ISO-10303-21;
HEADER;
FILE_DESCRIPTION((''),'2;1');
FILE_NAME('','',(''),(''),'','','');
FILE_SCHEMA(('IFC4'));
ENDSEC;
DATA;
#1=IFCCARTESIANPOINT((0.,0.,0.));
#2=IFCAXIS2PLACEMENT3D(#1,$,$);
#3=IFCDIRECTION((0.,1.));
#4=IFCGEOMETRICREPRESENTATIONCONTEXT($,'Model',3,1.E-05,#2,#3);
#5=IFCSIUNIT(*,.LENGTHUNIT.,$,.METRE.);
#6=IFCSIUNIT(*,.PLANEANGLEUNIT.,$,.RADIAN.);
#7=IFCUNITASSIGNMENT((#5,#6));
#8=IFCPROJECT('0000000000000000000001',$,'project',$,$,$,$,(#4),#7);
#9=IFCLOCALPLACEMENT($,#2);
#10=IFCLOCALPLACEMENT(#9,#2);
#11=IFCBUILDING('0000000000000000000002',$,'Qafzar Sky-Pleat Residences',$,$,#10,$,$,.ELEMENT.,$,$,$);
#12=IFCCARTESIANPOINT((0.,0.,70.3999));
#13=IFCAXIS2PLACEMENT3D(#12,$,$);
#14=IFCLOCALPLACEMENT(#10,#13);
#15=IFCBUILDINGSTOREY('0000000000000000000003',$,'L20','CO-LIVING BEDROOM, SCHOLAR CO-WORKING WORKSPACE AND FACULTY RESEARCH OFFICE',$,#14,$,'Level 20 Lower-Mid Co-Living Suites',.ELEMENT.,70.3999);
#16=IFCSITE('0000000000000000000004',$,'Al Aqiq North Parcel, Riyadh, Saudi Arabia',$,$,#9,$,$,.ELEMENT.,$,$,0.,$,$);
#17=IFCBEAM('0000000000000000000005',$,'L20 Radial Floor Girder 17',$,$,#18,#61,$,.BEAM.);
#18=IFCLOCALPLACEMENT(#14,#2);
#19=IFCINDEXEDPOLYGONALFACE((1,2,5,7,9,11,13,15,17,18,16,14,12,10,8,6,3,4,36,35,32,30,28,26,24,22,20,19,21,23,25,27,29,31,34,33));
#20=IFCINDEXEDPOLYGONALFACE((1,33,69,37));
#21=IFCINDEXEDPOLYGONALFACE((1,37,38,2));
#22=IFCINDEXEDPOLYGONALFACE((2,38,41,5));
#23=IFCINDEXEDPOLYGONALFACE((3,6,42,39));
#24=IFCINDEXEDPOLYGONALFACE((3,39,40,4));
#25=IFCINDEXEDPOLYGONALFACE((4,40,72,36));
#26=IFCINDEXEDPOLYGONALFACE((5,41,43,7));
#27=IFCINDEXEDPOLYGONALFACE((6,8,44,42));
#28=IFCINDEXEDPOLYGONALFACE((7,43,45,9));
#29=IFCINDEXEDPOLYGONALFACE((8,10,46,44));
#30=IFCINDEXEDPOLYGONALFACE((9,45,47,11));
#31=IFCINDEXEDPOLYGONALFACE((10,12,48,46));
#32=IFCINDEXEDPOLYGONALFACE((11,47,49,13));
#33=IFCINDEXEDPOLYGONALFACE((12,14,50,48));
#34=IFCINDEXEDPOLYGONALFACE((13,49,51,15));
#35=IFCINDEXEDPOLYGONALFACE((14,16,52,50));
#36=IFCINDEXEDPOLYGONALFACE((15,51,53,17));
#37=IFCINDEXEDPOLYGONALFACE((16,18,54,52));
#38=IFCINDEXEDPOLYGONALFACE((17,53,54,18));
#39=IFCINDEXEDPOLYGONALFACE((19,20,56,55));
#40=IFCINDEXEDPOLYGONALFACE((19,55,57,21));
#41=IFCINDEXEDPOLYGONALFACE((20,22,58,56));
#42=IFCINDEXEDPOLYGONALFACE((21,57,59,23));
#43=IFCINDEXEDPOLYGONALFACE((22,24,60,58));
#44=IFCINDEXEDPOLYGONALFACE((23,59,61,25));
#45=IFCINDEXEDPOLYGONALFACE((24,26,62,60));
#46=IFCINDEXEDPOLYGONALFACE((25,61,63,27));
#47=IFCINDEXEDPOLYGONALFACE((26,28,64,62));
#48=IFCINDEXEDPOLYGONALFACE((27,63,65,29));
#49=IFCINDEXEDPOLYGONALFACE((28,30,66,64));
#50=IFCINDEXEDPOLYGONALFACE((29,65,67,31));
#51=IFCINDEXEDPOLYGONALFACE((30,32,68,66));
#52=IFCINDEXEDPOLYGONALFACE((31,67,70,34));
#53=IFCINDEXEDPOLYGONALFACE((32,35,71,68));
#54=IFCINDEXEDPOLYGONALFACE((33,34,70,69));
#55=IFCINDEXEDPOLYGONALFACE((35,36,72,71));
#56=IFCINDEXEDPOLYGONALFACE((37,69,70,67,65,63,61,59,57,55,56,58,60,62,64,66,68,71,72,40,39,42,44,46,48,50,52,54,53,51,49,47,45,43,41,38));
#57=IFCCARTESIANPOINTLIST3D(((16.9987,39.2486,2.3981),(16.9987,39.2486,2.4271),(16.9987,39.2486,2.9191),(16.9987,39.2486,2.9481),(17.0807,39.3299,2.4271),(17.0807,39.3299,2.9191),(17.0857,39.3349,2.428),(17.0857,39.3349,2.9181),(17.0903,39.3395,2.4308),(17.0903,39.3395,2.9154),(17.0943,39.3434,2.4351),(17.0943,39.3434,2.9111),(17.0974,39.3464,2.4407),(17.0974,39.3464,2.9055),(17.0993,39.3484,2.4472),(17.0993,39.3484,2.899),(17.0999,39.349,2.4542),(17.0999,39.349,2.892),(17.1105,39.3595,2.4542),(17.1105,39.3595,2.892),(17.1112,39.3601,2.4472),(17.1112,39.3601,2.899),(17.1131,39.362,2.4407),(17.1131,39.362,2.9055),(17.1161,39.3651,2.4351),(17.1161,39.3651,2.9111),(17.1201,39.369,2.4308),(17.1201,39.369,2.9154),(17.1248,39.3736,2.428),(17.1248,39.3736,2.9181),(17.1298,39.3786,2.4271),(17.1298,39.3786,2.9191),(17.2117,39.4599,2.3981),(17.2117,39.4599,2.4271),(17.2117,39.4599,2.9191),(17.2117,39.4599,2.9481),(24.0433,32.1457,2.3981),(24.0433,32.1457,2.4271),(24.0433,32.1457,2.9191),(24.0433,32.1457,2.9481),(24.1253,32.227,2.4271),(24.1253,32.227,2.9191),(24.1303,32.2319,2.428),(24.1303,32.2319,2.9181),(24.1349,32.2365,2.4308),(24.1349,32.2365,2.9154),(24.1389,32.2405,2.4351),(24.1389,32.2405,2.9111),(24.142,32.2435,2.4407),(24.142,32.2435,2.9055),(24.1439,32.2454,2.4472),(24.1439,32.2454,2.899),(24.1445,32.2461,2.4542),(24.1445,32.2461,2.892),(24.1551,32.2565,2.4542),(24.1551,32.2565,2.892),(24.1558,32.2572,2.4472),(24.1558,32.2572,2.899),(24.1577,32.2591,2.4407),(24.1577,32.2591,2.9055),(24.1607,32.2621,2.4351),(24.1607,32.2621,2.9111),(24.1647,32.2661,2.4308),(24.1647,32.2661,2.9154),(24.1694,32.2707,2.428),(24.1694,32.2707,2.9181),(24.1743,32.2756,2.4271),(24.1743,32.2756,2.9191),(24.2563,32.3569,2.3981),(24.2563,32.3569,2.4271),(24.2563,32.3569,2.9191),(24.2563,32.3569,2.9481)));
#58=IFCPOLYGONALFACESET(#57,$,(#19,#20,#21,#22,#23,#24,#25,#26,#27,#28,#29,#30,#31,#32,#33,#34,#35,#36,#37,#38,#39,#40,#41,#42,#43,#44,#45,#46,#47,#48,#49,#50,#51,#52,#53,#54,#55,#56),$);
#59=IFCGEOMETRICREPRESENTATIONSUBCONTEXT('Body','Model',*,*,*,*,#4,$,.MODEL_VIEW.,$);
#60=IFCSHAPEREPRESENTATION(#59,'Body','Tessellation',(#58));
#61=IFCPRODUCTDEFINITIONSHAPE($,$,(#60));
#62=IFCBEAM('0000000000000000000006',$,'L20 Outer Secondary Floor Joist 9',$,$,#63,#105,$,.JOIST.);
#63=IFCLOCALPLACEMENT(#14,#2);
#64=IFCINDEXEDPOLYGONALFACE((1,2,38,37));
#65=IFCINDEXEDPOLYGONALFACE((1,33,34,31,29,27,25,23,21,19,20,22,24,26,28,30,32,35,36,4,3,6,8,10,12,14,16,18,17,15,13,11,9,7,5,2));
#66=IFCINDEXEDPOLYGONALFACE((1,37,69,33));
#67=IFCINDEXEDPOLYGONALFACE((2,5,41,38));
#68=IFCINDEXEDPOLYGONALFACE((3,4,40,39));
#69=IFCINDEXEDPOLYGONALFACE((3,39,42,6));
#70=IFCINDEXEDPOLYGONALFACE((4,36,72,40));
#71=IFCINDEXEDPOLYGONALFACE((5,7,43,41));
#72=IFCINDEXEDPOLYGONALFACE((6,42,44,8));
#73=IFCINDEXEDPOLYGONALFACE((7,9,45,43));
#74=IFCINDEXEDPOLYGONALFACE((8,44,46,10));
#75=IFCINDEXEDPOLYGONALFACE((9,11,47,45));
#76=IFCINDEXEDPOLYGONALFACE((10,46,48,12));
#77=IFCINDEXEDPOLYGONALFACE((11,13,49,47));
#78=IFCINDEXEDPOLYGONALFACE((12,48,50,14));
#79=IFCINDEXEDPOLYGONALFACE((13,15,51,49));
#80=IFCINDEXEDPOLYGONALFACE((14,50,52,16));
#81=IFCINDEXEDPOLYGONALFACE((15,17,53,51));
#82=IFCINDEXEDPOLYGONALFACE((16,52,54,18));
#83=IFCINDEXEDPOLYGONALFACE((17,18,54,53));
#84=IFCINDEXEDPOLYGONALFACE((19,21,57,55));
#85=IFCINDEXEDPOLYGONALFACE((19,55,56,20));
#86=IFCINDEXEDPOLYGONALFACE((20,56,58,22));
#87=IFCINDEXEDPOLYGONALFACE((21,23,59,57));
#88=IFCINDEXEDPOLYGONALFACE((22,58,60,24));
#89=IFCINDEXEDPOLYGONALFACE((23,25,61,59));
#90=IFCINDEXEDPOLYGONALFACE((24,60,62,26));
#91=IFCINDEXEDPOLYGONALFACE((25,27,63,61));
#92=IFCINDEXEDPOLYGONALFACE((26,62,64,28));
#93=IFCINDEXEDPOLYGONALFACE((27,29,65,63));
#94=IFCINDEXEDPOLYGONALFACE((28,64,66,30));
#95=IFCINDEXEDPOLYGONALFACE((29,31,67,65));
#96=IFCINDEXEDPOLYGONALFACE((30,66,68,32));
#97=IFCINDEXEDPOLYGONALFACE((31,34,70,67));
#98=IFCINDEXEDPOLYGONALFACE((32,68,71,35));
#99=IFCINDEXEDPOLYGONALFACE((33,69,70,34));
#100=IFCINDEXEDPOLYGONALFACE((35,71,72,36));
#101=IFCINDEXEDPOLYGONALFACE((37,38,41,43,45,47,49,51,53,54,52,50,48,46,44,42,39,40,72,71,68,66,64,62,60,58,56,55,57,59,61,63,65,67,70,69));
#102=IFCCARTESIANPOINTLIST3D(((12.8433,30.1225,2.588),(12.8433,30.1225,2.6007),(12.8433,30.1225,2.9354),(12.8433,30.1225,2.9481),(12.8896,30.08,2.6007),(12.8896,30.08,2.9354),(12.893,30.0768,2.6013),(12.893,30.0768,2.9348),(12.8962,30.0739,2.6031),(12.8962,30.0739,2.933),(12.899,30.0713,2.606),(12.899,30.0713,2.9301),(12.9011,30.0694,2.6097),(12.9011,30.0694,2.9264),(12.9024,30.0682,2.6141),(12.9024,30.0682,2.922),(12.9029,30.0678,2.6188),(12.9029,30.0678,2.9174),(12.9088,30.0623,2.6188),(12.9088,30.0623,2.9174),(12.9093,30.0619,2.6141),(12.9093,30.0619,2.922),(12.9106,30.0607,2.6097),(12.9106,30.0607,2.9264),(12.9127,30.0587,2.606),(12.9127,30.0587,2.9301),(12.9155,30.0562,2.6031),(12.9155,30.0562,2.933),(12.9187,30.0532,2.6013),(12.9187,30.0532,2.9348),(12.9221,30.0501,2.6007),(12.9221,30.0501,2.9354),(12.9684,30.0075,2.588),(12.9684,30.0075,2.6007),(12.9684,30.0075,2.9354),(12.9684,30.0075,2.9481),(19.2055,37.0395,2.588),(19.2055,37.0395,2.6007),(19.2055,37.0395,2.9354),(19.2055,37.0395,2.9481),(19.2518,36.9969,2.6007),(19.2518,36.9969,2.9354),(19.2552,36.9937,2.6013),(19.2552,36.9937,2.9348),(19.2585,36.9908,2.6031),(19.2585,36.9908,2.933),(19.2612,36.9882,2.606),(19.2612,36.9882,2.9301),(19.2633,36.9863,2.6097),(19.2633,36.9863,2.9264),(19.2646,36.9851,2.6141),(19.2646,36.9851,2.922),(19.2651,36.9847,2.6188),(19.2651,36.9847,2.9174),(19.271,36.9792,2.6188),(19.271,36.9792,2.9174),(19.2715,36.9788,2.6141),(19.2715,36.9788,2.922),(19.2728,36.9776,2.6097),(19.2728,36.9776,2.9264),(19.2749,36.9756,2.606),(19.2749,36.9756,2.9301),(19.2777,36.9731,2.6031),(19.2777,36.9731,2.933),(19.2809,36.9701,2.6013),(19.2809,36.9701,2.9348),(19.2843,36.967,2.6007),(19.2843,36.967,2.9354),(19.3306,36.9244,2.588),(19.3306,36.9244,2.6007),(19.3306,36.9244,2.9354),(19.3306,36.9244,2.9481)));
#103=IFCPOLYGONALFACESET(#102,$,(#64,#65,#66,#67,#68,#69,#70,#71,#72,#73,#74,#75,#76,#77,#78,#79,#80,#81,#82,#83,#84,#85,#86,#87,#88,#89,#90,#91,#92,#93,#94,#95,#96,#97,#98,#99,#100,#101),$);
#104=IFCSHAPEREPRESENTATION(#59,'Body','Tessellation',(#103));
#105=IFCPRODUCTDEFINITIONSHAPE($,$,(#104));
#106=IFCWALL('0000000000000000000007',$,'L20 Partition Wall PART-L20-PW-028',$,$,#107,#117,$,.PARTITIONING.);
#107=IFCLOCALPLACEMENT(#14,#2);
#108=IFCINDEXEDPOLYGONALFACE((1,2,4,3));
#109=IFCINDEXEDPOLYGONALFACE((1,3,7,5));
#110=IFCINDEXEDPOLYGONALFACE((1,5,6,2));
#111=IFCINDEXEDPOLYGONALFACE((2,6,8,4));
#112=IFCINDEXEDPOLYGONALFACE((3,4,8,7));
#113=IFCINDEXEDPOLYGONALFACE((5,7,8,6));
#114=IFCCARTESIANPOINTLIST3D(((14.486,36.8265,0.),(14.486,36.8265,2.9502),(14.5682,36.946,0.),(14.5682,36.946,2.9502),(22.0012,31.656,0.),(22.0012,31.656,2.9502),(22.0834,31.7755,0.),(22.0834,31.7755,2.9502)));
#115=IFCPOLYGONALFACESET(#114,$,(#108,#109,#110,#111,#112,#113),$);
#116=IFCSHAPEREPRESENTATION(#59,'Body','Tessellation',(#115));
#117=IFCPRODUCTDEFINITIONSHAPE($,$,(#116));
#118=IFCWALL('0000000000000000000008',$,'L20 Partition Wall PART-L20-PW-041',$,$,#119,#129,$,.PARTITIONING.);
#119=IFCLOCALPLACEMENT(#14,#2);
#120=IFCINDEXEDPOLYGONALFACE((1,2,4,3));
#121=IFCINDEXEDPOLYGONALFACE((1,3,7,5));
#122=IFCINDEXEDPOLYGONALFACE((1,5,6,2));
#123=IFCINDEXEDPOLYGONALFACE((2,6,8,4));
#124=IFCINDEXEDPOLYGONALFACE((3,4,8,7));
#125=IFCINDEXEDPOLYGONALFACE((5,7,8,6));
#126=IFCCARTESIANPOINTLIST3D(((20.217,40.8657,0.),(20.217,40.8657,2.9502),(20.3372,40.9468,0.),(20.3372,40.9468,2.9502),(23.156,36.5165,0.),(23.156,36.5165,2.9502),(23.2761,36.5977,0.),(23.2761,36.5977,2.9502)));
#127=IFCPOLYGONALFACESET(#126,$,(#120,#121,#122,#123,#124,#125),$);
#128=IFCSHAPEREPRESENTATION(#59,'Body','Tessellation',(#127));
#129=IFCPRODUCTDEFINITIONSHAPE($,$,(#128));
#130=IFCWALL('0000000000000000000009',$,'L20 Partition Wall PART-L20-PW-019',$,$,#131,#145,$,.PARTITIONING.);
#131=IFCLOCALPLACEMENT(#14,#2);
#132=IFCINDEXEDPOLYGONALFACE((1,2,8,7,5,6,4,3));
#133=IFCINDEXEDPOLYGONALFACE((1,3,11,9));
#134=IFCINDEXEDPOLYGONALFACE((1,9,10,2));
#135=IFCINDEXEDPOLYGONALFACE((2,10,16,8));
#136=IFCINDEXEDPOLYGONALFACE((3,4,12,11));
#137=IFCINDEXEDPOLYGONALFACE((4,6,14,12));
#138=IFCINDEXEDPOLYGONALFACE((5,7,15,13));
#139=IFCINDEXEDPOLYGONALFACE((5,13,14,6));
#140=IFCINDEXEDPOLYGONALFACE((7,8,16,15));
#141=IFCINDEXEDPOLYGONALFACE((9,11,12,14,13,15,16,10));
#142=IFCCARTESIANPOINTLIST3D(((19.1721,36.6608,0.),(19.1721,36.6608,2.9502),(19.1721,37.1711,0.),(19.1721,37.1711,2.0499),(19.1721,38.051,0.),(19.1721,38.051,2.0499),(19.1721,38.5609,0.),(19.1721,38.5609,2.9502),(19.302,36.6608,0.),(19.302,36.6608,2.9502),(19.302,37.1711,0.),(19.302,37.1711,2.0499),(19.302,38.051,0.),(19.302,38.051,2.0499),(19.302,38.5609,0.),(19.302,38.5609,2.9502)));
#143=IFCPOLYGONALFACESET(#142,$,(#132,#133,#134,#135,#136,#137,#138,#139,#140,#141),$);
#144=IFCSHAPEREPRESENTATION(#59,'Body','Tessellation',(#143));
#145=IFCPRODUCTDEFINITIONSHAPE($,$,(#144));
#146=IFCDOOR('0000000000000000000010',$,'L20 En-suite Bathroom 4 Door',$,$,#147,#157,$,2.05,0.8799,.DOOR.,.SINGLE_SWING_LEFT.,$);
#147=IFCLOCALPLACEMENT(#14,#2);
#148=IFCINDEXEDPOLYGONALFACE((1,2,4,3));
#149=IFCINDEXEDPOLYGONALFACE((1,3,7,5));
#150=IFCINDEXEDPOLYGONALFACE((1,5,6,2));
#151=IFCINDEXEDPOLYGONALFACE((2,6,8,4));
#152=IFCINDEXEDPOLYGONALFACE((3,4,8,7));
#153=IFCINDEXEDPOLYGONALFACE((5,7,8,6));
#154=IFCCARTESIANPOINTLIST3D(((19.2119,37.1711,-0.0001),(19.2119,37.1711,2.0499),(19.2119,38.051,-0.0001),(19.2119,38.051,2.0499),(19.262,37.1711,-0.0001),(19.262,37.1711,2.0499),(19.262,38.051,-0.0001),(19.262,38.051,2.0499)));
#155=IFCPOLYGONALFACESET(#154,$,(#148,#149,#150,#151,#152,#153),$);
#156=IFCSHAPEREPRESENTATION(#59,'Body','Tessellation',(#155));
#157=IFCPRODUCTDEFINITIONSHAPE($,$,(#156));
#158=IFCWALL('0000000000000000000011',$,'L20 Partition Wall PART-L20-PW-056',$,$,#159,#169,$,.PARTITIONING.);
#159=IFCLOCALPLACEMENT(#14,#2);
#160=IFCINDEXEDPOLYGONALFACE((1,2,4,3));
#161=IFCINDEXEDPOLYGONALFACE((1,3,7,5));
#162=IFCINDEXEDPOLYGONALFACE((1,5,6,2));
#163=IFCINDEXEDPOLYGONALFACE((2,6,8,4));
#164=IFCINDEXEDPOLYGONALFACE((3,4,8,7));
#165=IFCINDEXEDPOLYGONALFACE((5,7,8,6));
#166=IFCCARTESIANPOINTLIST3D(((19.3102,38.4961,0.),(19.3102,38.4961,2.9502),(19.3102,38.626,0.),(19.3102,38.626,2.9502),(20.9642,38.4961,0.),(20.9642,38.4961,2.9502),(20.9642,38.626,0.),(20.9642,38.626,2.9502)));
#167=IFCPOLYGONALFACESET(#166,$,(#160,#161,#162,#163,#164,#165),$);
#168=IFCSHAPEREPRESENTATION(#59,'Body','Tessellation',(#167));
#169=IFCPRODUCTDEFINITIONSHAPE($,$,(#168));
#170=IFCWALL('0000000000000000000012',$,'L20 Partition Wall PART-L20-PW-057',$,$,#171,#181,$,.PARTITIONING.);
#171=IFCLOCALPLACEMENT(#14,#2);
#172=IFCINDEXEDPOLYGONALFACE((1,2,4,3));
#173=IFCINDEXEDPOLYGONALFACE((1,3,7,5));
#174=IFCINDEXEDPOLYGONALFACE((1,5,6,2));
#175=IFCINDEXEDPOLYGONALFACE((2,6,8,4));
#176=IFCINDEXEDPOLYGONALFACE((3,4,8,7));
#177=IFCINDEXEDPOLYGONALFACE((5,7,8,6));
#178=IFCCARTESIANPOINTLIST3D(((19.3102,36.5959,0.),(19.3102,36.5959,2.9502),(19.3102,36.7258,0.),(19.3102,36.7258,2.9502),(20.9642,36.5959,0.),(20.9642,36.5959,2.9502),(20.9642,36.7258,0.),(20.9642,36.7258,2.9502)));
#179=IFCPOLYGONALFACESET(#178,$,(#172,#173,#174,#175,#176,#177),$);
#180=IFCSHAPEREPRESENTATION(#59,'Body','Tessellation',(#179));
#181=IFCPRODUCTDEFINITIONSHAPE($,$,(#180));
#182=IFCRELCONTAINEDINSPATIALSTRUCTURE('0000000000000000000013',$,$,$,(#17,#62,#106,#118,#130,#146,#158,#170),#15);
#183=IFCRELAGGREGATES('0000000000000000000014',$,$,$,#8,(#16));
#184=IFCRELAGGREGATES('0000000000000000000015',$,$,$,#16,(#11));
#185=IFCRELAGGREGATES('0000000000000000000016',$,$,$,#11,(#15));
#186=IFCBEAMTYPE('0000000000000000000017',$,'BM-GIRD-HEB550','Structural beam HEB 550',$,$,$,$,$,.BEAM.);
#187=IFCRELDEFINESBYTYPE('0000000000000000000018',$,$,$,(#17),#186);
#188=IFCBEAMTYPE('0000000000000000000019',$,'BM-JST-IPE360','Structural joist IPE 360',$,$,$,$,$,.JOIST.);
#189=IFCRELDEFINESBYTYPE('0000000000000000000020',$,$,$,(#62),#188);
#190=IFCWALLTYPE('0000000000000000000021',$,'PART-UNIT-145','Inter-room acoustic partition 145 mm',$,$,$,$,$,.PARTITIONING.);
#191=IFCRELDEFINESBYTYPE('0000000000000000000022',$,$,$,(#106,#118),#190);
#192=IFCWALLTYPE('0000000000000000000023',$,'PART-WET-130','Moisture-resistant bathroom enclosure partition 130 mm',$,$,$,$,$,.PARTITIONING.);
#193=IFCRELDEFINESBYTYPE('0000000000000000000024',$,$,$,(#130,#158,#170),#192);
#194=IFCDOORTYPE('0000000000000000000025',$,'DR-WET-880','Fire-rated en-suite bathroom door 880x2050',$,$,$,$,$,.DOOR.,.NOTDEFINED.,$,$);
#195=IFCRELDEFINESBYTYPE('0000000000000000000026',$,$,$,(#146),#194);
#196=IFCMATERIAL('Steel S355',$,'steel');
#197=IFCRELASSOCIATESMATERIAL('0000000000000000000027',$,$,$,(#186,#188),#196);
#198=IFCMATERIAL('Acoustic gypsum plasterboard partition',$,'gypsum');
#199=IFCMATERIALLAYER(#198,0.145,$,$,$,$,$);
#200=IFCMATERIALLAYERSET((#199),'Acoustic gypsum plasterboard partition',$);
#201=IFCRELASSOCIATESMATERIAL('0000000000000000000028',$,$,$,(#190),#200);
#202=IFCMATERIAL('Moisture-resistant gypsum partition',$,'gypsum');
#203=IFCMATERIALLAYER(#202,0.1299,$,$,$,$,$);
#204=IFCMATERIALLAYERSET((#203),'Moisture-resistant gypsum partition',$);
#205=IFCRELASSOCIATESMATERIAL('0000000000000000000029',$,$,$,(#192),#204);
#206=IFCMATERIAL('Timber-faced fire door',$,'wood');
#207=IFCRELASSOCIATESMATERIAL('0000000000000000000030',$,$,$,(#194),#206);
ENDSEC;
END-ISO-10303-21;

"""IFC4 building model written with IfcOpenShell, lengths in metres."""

from ifc_helpers import new_model, si_unit, direction, frame, frame_2d, origin, origin_2d, place, context, subcontext, project, spatial, rectangle, i_section, extrude, source, transform, mapped, material, layer, layer_set, material_profile, profile_set, type_object, element, fill, save


model = new_model("IFC4")

# Units and contexts
model_context = context("Model", 3, precision=1e-05, world=origin(), true_north=direction((0.0, 1.0)))
body_context = subcontext(model_context, "Body", "Model", "MODEL_VIEW")
ifc_project = project(units=[si_unit("LENGTHUNIT", "METRE"), si_unit("PLANEANGLEUNIT", "RADIAN")], contexts=[model_context])

# Site, building, storey
site_placement = place(None, origin())
site = spatial("IfcSite", under=ifc_project, at=site_placement, Name="Al Aqiq North Parcel, Riyadh, Saudi Arabia", CompositionType="ELEMENT", RefElevation=0.0)
building_placement = place(site_placement, origin())
building = spatial("IfcBuilding", under=site, at=building_placement, Name="Qafzar Sky-Pleat Residences", CompositionType="ELEMENT")
storey_placement = place(building_placement, frame((0.0, 0.0, 70.3999)))
storey = spatial("IfcBuildingStorey", under=building, at=storey_placement, Name="L20", Description="CO-LIVING BEDROOM, SCHOLAR CO-WORKING WORKSPACE AND FACULTY RESEARCH OFFICE", LongName="Level 20 Lower-Mid Co-Living Suites", CompositionType="ELEMENT", Elevation=70.3999)

# Beams
ifc_material_1 = material(Name="Steel S355", Category="steel")
ifc_material_profile_1 = material_profile(ifc_material_1, i_section(OverallWidth=0.3, OverallDepth=0.55, WebThickness=0.0149, FlangeThickness=0.0291, FilletRadius=0.0271, at=origin_2d()), Name="HEB 550")
ifc_profile_set_1 = profile_set([ifc_material_profile_1], Name="Steel S355")
beam_type_1 = type_object("IfcBeamType", Name="BM-GIRD-HEB550", Description="Structural beam HEB 550", PredefinedType="BEAM", material=ifc_profile_set_1)
shared_shape_1 = source(origin(), body_context, "Body", "SweptSolid", [
    extrude(i_section(OverallWidth=0.3, OverallDepth=0.55, WebThickness=0.0149, FlangeThickness=0.0291, FilletRadius=0.0271, at=origin_2d()), origin(), (0.0, 0.0, 1.0), 10.0039),
])
beam_1_placement = place(storey_placement, frame((17.1052, 39.3542, 2.6731), z_axis=(0.704184, -0.710017, 0.0), x_axis=(0.710017, 0.704184, 0.0)))
element("IfcBeam", 1, at=beam_1_placement, inside=storey, type_object=beam_type_1, Name="L20 Radial Floor Girder 17", PredefinedType="BEAM", context=body_context, shape_type="MappedRepresentation", body=[
    mapped(shared_shape_1, transform((0.0, 0.0, 0.0), x_axis=(1.0, 0.0, 0.0), y_axis=(0.0, 1.0, 0.0), z_axis=(0.0, 0.0, 1.0), scale=1.0)),
])
ifc_material_profile_2 = material_profile(ifc_material_1, i_section(OverallWidth=0.1699, OverallDepth=0.3601, WebThickness=0.0081, FlangeThickness=0.0127, FilletRadius=0.0181, at=origin_2d()), Name="IPE 360")
ifc_profile_set_2 = profile_set([ifc_material_profile_2], Name="Steel S355")
beam_type_2 = type_object("IfcBeamType", Name="BM-JST-IPE360", Description="Structural joist IPE 360", PredefinedType="JOIST", material=ifc_profile_set_2)
shared_shape_2 = source(origin(), body_context, "Body", "SweptSolid", [
    extrude(i_section(OverallWidth=0.1699, OverallDepth=0.3601, WebThickness=0.0081, FlangeThickness=0.0127, FilletRadius=0.0181, at=origin_2d()), origin(), (0.0, 0.0, 1.0), 9.3979),
])
beam_2_placement = place(storey_placement, frame((19.2681, 36.9819, 2.7681), z_axis=(-0.67698, -0.736001, 0.0), x_axis=(0.736001, -0.67698, 0.0)))
element("IfcBeam", 2, at=beam_2_placement, inside=storey, type_object=beam_type_2, Name="L20 Outer Secondary Floor Joist 9", PredefinedType="JOIST", context=body_context, shape_type="MappedRepresentation", body=[
    mapped(shared_shape_2, transform((0.0, 0.0, 0.0), x_axis=(1.0, 0.0, 0.0), y_axis=(0.0, 1.0, 0.0), z_axis=(0.0, 0.0, 1.0), scale=1.0)),
])

# Walls
ifc_material_2 = material(Name="Acoustic gypsum plasterboard partition", Category="gypsum")
ifc_layer_1 = layer(ifc_material_2, 0.145)
ifc_layer_set_1 = layer_set([ifc_layer_1], Name="Acoustic gypsum plasterboard partition")
wall_type_1 = type_object("IfcWallType", Name="PART-UNIT-145", Description="Inter-room acoustic partition 145 mm", PredefinedType="PARTITIONING", material=ifc_layer_set_1)
wall_1_placement = place(storey_placement, frame((14.5271, 36.8862, 0.0), z_axis=(0.0, 0.0, 1.0), x_axis=(0.82385, -0.566808, 0.0)))
element("IfcWall", 3, at=wall_1_placement, inside=storey, type_object=wall_type_1, Name="L20 Partition Wall PART-L20-PW-028", PredefinedType="PARTITIONING", context=body_context, shape_type="SweptSolid", body=[
    extrude(rectangle(XDim=9.1221, YDim=0.145, at=frame_2d((4.561, 0.0))), origin(), (0.0, 0.0, 1.0), 2.9502),
])
wall_2_placement = place(storey_placement, frame((20.2771, 40.9062, 0.0), z_axis=(0.0, 0.0, 1.0), x_axis=(0.559906, -0.828556, 0.0)))
element("IfcWall", 4, at=wall_2_placement, inside=storey, type_object=wall_type_1, Name="L20 Partition Wall PART-L20-PW-041", PredefinedType="PARTITIONING", context=body_context, shape_type="SweptSolid", body=[
    extrude(rectangle(XDim=5.249, YDim=0.145, at=frame_2d((2.6245, 0.0))), origin(), (0.0, 0.0, 1.0), 2.9502),
])

# Wall, opening, door
ifc_material_3 = material(Name="Moisture-resistant gypsum partition", Category="gypsum")
ifc_layer_2 = layer(ifc_material_3, 0.1299)
ifc_layer_set_2 = layer_set([ifc_layer_2], Name="Moisture-resistant gypsum partition")
wall_type_2 = type_object("IfcWallType", Name="PART-WET-130", Description="Moisture-resistant bathroom enclosure partition 130 mm", PredefinedType="PARTITIONING", material=ifc_layer_set_2)
wall_3_placement = place(storey_placement, frame((19.2371, 38.561, 0.0), z_axis=(0.0, 0.0, 1.0), x_axis=(0.0, -1.0, 0.0)))
wall_3 = element("IfcWall", 5, at=wall_3_placement, inside=storey, type_object=wall_type_2, Name="L20 Partition Wall PART-L20-PW-019", PredefinedType="PARTITIONING", context=body_context, shape_type="SweptSolid", body=[
    extrude(rectangle(XDim=1.9001, YDim=0.1299, at=frame_2d((0.9502, 0.0))), origin(), (0.0, 0.0, 1.0), 2.9502),
])
opening_1_placement = place(wall_3_placement, frame((0.51, 0.0, 0.0)))
opening_1 = element("IfcOpeningElement", 6, at=opening_1_placement, cuts=wall_3, PredefinedType="OPENING", context=body_context, shape_type="SweptSolid", body=[
    extrude(rectangle(XDim=0.8799, YDim=2.05, at=frame_2d((0.4399, 1.0249))), frame((0.0, 0.075, 0.0), z_axis=(0.0, -1.0, 0.0), x_axis=(1.0, 0.0, 0.0)), (0.0, 0.0, 1.0), 0.1499),
])
ifc_material_4 = material(Name="Timber-faced fire door", Category="wood")
door_type = type_object("IfcDoorType", Name="DR-WET-880", Description="Fire-rated en-suite bathroom door 880x2050", OperationType="NOTDEFINED", PredefinedType="DOOR", material=ifc_material_4)
shared_shape_3 = source(origin(), body_context, "Body", "SweptSolid", [
    extrude(rectangle(XDim=0.8799, YDim=2.05, at=frame_2d((0.4399, 1.0249))), frame((0.0, 0.0249, 0.0), z_axis=(0.0, -1.0, 0.0), x_axis=(1.0, 0.0, 0.0)), (0.0, 0.0, 1.0), 0.05),
])
door_placement = place(opening_1_placement, origin())
door = element("IfcDoor", 7, at=door_placement, inside=storey, type_object=door_type, Name="L20 En-suite Bathroom 4 Door", OperationType="SINGLE_SWING_LEFT", OverallHeight=2.05, OverallWidth=0.8799, PredefinedType="DOOR", context=body_context, shape_type="MappedRepresentation", body=[
    mapped(shared_shape_3, transform((0.0, 0.0, 0.0), x_axis=(1.0, 0.0, 0.0), y_axis=(0.0, 1.0, 0.0), z_axis=(0.0, 0.0, 1.0), scale=1.0)),
])
fill(opening_1, door)

# Walls
for number, where, z_axis, x_axis, name in (
    (8, (19.3101, 38.561, 0.0), (0.0, 0.0, 1.0), (1.0, 0.0, 0.0), "L20 Partition Wall PART-L20-PW-056"),
    (9, (19.3101, 36.6609, 0.0), (0.0, 0.0, 1.0), (1.0, 0.0, 0.0), "L20 Partition Wall PART-L20-PW-057"),
):
    element("IfcWall", number, at=place(storey_placement, frame(where, z_axis=z_axis, x_axis=x_axis)), inside=storey, type_object=wall_type_2, Name=name, PredefinedType="PARTITIONING", context=body_context, shape_type="SweptSolid", body=[
        extrude(rectangle(XDim=1.6541, YDim=0.1299, at=frame_2d((0.8271, 0.0))), origin(), (0.0, 0.0, 1.0), 2.9502),
    ])

save(model, "model.ifc")
